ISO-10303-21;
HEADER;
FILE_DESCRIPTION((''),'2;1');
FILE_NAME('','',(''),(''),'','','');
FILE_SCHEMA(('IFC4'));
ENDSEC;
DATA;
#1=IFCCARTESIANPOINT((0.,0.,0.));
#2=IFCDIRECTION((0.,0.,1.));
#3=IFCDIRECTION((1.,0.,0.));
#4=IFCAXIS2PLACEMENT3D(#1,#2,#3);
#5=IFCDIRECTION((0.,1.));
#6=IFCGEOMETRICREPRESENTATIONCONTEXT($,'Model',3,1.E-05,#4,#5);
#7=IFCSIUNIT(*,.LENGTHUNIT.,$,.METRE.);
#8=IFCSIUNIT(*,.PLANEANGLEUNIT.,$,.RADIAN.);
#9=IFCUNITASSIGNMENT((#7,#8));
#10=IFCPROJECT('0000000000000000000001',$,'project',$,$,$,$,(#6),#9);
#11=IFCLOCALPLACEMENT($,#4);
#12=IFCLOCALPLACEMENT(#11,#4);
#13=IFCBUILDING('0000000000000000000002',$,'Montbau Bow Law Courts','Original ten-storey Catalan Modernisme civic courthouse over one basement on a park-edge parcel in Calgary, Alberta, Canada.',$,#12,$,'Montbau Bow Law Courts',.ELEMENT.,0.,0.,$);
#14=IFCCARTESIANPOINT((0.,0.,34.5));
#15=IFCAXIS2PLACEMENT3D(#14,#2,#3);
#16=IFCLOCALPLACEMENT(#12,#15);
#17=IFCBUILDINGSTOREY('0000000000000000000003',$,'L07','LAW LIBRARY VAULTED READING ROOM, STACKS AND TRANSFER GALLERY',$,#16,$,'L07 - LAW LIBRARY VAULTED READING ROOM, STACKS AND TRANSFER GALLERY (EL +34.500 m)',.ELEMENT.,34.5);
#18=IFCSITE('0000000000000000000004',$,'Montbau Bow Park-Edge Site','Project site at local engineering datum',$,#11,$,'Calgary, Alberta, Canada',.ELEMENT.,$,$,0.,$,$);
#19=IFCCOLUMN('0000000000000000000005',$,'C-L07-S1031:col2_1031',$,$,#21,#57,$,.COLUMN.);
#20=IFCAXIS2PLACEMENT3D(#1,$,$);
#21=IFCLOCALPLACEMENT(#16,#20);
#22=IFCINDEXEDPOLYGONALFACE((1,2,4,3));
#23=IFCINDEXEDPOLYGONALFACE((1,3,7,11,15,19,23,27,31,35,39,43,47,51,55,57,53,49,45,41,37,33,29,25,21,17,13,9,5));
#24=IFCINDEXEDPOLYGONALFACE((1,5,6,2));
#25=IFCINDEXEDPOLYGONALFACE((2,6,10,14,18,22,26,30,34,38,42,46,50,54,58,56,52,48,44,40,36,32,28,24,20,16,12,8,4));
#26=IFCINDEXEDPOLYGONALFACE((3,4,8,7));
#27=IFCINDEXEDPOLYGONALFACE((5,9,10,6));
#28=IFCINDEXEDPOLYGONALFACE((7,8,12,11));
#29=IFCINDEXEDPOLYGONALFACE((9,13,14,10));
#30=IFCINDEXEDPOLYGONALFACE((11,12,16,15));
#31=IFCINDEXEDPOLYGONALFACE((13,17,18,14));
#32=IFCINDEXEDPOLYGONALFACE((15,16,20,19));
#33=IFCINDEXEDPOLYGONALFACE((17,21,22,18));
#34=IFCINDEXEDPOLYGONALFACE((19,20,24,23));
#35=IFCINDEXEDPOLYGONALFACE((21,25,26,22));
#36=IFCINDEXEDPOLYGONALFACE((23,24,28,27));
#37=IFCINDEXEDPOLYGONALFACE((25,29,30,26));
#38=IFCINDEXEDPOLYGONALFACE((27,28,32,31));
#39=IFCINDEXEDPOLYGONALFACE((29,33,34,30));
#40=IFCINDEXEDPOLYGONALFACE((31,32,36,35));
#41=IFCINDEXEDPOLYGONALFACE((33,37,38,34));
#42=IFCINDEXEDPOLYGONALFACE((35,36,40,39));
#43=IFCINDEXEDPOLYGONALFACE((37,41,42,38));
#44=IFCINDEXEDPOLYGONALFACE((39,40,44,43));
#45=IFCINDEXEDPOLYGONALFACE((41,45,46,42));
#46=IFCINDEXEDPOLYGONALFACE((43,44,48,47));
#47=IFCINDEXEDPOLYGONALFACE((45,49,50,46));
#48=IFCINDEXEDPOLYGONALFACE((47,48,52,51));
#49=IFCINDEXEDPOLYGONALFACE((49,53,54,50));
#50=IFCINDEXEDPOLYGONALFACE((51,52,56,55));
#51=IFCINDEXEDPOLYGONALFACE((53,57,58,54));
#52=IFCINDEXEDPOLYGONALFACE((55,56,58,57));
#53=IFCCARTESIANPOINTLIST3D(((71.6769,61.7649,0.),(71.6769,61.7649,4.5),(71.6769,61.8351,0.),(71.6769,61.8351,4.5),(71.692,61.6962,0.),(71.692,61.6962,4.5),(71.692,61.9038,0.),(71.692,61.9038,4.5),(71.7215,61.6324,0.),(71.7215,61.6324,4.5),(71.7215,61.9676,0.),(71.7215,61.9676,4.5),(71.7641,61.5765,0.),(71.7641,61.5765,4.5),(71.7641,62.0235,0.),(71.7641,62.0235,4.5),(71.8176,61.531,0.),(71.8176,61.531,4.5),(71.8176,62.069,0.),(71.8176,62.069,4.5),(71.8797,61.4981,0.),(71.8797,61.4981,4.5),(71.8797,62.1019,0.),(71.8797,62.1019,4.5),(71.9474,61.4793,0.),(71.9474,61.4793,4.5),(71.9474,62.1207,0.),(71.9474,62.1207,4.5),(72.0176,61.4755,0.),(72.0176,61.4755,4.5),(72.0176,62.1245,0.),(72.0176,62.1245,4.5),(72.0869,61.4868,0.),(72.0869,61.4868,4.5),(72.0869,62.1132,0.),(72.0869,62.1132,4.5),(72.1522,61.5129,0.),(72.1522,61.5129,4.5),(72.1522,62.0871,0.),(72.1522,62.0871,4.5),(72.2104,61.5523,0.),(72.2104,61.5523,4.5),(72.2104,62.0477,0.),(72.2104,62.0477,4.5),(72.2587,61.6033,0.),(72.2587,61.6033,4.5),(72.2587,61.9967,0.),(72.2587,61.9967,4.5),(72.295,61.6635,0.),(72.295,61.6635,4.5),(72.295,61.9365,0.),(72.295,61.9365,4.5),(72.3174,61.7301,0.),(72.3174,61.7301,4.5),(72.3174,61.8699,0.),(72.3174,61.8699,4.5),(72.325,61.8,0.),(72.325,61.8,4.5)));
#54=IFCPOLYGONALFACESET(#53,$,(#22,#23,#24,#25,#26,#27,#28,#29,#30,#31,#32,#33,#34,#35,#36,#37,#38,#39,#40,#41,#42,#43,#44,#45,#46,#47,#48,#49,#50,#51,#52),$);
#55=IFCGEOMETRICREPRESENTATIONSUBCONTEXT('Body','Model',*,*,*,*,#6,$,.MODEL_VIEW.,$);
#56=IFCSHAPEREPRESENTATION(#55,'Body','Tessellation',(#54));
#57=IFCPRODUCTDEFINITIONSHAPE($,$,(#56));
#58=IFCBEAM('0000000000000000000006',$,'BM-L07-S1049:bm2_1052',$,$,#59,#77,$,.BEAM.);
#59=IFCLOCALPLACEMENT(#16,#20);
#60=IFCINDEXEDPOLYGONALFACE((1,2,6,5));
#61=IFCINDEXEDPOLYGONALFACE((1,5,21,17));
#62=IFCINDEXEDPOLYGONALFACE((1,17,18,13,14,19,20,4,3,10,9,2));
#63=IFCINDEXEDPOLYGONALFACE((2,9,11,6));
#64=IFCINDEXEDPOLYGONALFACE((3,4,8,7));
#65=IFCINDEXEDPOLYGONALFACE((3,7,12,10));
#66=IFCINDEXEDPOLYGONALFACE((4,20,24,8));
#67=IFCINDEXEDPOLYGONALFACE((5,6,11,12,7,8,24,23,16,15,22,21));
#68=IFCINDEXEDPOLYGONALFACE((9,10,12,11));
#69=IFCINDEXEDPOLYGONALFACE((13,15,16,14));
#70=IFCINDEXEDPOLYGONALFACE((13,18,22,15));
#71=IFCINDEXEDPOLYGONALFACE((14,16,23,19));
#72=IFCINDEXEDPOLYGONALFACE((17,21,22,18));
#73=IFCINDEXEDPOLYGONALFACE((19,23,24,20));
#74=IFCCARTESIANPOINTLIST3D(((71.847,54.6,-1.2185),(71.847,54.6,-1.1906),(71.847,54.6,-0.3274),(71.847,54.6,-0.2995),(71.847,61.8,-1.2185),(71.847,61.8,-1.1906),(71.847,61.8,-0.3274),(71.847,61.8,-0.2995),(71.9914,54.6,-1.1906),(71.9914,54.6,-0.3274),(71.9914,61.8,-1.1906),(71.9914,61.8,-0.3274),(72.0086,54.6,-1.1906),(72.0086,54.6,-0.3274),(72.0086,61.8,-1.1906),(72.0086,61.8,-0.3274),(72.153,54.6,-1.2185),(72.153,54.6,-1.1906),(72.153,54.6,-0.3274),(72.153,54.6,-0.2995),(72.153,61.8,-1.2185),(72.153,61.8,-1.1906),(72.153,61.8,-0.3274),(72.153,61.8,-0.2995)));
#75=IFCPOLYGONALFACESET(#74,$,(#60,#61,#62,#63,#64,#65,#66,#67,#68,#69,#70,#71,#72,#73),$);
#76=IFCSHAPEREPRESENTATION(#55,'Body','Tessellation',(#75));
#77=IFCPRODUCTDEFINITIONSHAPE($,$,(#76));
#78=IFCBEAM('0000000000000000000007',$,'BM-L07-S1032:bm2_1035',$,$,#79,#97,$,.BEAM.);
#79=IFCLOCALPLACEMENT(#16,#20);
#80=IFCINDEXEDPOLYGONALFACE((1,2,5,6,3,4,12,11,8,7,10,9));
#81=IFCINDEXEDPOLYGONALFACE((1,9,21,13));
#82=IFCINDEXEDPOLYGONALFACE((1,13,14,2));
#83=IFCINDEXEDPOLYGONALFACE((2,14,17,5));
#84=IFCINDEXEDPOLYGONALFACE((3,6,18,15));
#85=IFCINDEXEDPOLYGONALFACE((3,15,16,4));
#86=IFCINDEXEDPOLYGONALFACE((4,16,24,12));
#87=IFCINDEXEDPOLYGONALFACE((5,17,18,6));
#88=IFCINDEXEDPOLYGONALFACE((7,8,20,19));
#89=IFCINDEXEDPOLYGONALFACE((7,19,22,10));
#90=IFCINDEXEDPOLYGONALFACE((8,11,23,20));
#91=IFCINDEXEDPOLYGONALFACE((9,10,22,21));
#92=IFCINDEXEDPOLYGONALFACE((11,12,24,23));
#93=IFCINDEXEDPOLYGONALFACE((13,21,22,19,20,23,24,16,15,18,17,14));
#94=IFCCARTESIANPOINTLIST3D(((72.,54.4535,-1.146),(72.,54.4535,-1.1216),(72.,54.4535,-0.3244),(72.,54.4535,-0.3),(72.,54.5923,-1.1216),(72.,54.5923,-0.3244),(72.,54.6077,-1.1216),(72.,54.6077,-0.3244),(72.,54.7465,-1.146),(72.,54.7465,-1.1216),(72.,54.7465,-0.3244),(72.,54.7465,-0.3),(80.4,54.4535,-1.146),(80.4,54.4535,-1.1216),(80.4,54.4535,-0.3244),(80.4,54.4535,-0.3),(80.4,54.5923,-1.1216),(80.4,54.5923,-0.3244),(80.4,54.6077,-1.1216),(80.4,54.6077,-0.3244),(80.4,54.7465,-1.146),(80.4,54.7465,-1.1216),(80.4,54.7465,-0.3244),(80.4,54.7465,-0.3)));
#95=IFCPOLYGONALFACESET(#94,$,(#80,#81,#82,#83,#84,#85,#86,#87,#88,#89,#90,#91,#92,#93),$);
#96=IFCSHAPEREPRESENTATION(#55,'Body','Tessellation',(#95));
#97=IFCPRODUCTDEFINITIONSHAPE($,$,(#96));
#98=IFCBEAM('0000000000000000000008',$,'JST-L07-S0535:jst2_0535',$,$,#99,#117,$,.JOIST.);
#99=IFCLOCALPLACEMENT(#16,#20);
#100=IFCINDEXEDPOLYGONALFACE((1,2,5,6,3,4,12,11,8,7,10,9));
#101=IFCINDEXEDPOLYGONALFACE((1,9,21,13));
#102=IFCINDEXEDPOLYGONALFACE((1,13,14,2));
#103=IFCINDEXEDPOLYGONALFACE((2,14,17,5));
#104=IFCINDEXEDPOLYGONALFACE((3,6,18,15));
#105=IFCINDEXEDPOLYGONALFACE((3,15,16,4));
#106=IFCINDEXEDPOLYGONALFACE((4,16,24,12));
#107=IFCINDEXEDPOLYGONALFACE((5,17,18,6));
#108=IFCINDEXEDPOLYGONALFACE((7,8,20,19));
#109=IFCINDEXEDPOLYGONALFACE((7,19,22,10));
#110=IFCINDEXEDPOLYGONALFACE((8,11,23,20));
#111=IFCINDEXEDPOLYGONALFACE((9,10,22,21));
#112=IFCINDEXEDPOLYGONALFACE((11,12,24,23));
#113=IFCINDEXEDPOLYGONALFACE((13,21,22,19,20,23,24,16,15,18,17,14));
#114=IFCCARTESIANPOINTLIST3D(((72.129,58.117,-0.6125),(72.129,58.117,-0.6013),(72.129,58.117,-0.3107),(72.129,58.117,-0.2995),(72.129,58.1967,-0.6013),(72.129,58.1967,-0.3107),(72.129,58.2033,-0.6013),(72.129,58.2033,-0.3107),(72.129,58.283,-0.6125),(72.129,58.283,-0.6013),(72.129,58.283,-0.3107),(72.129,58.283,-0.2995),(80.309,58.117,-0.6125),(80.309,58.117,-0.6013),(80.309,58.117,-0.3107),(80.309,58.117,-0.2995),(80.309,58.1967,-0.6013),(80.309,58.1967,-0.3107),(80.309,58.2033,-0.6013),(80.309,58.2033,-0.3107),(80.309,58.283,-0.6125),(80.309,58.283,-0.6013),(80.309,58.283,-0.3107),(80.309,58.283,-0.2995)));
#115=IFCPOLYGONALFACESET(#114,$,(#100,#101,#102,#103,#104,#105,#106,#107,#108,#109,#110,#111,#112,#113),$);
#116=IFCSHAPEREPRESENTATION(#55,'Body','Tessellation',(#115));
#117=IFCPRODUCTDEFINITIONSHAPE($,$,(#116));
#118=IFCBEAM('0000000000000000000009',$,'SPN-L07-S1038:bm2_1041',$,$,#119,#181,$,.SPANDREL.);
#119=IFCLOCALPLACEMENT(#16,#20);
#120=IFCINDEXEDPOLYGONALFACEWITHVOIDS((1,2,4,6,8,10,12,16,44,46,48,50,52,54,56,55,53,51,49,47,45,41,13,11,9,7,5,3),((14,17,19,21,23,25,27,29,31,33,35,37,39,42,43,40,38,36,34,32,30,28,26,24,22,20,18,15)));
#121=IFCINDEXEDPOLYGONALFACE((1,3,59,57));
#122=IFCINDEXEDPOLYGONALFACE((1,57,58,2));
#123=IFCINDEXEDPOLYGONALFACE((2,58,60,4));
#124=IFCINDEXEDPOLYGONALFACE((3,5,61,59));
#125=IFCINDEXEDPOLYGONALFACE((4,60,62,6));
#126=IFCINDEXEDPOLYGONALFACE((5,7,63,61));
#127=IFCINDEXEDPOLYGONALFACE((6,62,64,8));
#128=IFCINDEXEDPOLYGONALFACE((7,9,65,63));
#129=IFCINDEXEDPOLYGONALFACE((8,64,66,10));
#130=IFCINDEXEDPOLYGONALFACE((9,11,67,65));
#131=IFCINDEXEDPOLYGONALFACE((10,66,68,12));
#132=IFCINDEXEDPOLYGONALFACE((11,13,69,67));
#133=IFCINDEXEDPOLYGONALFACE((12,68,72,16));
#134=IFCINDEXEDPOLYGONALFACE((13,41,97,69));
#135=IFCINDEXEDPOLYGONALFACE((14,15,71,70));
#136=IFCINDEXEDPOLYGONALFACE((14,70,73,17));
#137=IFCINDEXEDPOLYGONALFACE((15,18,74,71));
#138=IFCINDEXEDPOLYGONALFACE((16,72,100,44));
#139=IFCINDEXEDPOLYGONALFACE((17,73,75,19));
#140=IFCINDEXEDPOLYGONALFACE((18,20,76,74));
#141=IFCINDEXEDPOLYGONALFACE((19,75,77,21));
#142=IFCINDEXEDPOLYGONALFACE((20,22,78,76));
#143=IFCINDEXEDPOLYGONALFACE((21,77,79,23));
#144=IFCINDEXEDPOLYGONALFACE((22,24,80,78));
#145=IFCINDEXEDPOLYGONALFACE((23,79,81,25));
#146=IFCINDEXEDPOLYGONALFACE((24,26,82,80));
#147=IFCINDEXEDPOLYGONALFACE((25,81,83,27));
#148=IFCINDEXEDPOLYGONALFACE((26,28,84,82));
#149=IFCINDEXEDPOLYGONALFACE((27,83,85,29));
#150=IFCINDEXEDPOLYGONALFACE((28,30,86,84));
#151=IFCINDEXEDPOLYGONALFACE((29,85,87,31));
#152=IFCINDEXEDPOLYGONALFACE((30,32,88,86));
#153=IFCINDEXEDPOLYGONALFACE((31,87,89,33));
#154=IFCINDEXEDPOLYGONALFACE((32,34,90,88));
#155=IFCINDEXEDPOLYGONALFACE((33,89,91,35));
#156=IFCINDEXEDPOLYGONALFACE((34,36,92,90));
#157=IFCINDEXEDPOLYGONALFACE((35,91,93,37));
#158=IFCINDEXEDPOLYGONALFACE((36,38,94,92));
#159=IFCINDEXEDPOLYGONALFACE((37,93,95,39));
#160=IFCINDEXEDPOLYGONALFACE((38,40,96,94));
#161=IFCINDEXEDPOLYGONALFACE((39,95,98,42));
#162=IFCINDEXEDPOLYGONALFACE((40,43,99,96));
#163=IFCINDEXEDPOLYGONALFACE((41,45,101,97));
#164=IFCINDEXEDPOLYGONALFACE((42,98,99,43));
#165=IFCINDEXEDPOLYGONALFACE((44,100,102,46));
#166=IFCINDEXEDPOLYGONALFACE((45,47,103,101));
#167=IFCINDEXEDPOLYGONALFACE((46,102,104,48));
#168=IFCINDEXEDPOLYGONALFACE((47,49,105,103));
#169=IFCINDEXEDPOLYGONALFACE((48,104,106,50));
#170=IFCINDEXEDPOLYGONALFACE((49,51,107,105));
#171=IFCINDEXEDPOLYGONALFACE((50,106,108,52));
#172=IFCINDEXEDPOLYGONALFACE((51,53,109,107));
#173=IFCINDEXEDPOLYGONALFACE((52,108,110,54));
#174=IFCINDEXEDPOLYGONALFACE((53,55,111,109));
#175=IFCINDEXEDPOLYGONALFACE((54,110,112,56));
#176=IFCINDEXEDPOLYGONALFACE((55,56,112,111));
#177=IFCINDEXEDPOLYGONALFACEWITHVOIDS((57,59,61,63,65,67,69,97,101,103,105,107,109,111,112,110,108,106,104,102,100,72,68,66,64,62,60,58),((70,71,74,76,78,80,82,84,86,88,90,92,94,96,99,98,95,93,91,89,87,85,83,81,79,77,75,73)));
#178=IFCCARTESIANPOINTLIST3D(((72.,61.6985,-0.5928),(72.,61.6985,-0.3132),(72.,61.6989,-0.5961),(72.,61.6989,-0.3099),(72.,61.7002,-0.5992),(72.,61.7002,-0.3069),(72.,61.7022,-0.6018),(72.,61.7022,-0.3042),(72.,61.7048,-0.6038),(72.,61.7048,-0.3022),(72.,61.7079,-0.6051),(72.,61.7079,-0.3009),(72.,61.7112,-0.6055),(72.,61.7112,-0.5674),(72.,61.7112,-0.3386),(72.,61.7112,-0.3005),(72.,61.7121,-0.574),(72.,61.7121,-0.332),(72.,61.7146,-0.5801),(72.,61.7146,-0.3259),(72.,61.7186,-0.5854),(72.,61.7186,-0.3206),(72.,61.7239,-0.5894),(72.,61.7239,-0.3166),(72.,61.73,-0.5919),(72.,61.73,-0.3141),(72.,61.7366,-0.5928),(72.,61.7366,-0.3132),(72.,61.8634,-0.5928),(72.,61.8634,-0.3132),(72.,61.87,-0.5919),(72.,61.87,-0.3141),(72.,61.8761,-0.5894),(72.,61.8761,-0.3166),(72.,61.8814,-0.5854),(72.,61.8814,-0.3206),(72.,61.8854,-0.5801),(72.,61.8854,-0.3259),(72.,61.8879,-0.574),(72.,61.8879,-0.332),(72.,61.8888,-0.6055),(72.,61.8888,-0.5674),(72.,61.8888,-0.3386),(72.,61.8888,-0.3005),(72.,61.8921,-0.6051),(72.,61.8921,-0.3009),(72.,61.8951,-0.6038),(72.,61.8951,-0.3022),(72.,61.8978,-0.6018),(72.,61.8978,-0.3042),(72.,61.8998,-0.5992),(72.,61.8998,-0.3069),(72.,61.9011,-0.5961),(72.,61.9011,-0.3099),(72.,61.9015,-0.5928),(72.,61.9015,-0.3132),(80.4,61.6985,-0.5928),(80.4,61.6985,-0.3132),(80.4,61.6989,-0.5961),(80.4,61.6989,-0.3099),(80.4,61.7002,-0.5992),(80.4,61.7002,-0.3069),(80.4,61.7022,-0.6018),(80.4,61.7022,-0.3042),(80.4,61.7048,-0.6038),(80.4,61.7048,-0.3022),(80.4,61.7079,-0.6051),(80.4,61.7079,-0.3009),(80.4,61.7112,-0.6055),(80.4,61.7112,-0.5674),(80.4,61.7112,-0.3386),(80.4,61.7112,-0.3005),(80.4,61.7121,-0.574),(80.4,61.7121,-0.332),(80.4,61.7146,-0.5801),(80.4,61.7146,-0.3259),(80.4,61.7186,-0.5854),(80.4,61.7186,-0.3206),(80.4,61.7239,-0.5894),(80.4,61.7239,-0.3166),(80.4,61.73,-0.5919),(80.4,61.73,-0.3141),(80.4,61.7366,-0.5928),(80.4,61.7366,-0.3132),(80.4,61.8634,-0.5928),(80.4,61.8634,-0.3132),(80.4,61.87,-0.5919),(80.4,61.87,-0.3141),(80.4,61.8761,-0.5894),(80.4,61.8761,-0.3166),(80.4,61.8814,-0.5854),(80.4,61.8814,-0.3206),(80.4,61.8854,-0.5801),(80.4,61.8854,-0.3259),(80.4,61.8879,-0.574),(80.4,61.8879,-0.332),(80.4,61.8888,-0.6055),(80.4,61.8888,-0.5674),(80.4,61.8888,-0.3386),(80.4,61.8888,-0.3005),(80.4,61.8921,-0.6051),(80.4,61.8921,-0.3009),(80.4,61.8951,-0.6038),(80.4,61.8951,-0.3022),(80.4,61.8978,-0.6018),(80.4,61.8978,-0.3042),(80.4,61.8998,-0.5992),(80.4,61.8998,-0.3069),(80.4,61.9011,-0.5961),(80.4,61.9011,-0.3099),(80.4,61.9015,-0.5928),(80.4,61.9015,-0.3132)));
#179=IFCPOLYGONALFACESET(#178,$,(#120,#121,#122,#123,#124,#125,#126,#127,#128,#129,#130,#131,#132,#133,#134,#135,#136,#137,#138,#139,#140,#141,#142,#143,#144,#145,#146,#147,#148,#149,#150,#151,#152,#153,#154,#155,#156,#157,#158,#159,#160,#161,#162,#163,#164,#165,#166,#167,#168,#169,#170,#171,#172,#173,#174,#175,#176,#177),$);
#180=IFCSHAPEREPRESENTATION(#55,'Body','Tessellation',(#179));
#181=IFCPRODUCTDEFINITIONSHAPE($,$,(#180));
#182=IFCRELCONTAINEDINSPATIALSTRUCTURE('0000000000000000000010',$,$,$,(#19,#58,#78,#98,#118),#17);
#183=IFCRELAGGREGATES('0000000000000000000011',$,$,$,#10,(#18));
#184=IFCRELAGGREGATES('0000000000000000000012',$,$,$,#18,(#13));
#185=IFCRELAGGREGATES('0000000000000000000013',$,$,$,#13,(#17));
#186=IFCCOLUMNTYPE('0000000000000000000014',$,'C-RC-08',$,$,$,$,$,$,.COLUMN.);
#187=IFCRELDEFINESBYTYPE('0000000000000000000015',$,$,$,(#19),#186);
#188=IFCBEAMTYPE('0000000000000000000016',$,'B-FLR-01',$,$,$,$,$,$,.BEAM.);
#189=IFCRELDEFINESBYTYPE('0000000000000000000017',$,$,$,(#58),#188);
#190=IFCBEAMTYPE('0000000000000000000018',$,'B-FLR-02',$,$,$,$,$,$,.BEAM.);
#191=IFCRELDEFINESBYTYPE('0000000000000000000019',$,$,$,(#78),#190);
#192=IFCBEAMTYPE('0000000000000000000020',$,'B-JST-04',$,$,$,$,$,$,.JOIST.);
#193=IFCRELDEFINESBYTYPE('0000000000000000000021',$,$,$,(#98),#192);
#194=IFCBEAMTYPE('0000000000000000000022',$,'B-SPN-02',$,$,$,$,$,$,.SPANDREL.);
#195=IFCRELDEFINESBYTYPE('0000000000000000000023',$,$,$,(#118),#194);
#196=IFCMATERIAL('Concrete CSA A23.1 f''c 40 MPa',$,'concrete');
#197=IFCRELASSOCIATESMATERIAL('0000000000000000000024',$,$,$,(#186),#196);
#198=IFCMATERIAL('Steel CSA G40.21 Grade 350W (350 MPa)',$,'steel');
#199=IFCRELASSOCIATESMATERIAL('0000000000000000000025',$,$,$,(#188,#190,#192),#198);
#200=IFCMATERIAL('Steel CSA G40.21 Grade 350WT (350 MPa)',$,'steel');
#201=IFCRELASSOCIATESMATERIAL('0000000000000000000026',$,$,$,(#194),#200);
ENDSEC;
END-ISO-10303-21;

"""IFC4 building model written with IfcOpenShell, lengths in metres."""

from ifc_helpers import new_model, si_unit, direction, frame, origin_with_axes, origin_2d_with_axis, place, context, subcontext, project, spatial, hollow_rectangle, circle, i_section, extrude, material, material_profile, profile_set, type_object, element, save


model = new_model("IFC4")

# Units and contexts
model_context = context("Model", 3, precision=1e-05, world=origin_with_axes(), true_north=direction((0.0, 1.0)))
body_context = subcontext(model_context, "Body", "Model", "MODEL_VIEW")
ifc_project = project(units=[si_unit("LENGTHUNIT", "METRE"), si_unit("PLANEANGLEUNIT", "RADIAN")], contexts=[model_context])

# Site, building, storey
site_placement = place(None, origin_with_axes())
site = spatial("IfcSite", under=ifc_project, at=site_placement, Name="Montbau Bow Park-Edge Site", Description="Project site at local engineering datum", LongName="Calgary, Alberta, Canada", CompositionType="ELEMENT", RefElevation=0.0)
building_placement = place(site_placement, origin_with_axes())
building = spatial("IfcBuilding", under=site, at=building_placement, Name="Montbau Bow Law Courts", Description="Original ten-storey Catalan Modernisme civic courthouse over one basement on a park-edge parcel in Calgary, Alberta, Canada.", LongName="Montbau Bow Law Courts", CompositionType="ELEMENT", ElevationOfRefHeight=0.0, ElevationOfTerrain=0.0)
storey_placement = place(building_placement, frame((0.0, 0.0, 34.5), z_axis=(0.0, 0.0, 1.0), x_axis=(1.0, 0.0, 0.0)))
storey = spatial("IfcBuildingStorey", under=building, at=storey_placement, Name="L07", Description="LAW LIBRARY VAULTED READING ROOM, STACKS AND TRANSFER GALLERY", LongName="L07 - LAW LIBRARY VAULTED READING ROOM, STACKS AND TRANSFER GALLERY (EL +34.500 m)", CompositionType="ELEMENT", Elevation=34.5)

# Column
ifc_material_1 = material(Name="Concrete CSA A23.1 f'c 40 MPa", Category="concrete")
ifc_material_profile_1 = material_profile(ifc_material_1, circle(Radius=0.325, at=origin_2d_with_axis()), Name="RC650D", Category="Main", Priority=0)
ifc_profile_set_1 = profile_set([ifc_material_profile_1], Name="Concrete CSA A23.1 f'c 40 MPa")
column_type = type_object("IfcColumnType", Name="C-RC-08", PredefinedType="COLUMN", material=ifc_profile_set_1)
column_placement = place(None, frame((72.0, 61.8, 34.5), z_axis=(0.0, 0.0, 1.0), x_axis=(1.0, 0.0, 0.0)))
element("IfcColumn", 1, at=column_placement, inside=storey, type_object=column_type, Name="C-L07-S1031:col2_1031", PredefinedType="COLUMN", context=body_context, shape_type="SweptSolid", body=[
    extrude(circle(Radius=0.325, at=origin_2d_with_axis()), origin_with_axes(), (0.0, 0.0, 1.0), 4.5),
])

# Beams
ifc_material_2 = material(Name="Steel CSA G40.21 Grade 350W (350 MPa)", Category="steel")
ifc_material_profile_2 = material_profile(ifc_material_2, i_section(OverallWidth=0.306, OverallDepth=0.919, WebThickness=0.0173, FlangeThickness=0.0279, at=origin_2d_with_axis()), Name="W920X253", Category="Main", Priority=0)
ifc_profile_set_2 = profile_set([ifc_material_profile_2], Name="Steel CSA G40.21 Grade 350W (350 MPa)")
beam_type_1 = type_object("IfcBeamType", Name="B-FLR-01", PredefinedType="BEAM", material=ifc_profile_set_2)
beam_1_placement = place(None, frame((72.0, 54.6, 33.741), z_axis=(0.0, 1.0, 0.0), x_axis=(-1.0, 0.0, 0.0)))
element("IfcBeam", 2, at=beam_1_placement, inside=storey, type_object=beam_type_1, Name="BM-L07-S1049:bm2_1052", PredefinedType="BEAM", context=body_context, shape_type="SweptSolid", body=[
    extrude(i_section(OverallWidth=0.306, OverallDepth=0.919, WebThickness=0.0173, FlangeThickness=0.0279, at=origin_2d_with_axis()), origin_with_axes(), (0.0, 0.0, 1.0), 7.2),
])
ifc_material_profile_3 = material_profile(ifc_material_2, i_section(OverallWidth=0.293, OverallDepth=0.846, WebThickness=0.0154, FlangeThickness=0.0244, at=origin_2d_with_axis()), Name="W840X210", Category="Main", Priority=0)
ifc_profile_set_3 = profile_set([ifc_material_profile_3], Name="Steel CSA G40.21 Grade 350W (350 MPa)")
beam_type_2 = type_object("IfcBeamType", Name="B-FLR-02", PredefinedType="BEAM", material=ifc_profile_set_3)
beam_2_placement = place(None, frame((72.0, 54.6, 33.777), z_axis=(1.0, 0.0, 0.0), x_axis=(0.0, 1.0, 0.0)))
element("IfcBeam", 3, at=beam_2_placement, inside=storey, type_object=beam_type_2, Name="BM-L07-S1032:bm2_1035", PredefinedType="BEAM", context=body_context, shape_type="SweptSolid", body=[
    extrude(i_section(OverallWidth=0.293, OverallDepth=0.846, WebThickness=0.0154, FlangeThickness=0.0244, at=origin_2d_with_axis()), origin_with_axes(), (0.0, 0.0, 1.0), 8.4),
])
ifc_material_profile_4 = material_profile(ifc_material_2, i_section(OverallWidth=0.166, OverallDepth=0.313, WebThickness=0.0066, FlangeThickness=0.0112, at=origin_2d_with_axis()), Name="W310X45", Category="Main", Priority=0)
ifc_profile_set_4 = profile_set([ifc_material_profile_4], Name="Steel CSA G40.21 Grade 350W (350 MPa)")
beam_type_3 = type_object("IfcBeamType", Name="B-JST-04", PredefinedType="JOIST", material=ifc_profile_set_4)
beam_3_placement = place(None, frame((72.129, 58.2, 34.044), z_axis=(1.0, 0.0, 0.0), x_axis=(0.0, 1.0, 0.0)))
element("IfcBeam", 4, at=beam_3_placement, inside=storey, type_object=beam_type_3, Name="JST-L07-S0535:jst2_0535", PredefinedType="JOIST", context=body_context, shape_type="SweptSolid", body=[
    extrude(i_section(OverallWidth=0.166, OverallDepth=0.313, WebThickness=0.0066, FlangeThickness=0.0112, at=origin_2d_with_axis()), origin_with_axes(), (0.0, 0.0, 1.0), 8.18),
])
ifc_material_3 = material(Name="Steel CSA G40.21 Grade 350WT (350 MPa)", Category="steel")
ifc_material_profile_5 = material_profile(ifc_material_3, hollow_rectangle(XDim=0.203, YDim=0.305, WallThickness=0.0127, InnerFilletRadius=0.0254, OuterFilletRadius=0.0127, at=origin_2d_with_axis()), Name="HSS305X203X13", Category="Main", Priority=0)
ifc_profile_set_5 = profile_set([ifc_material_profile_5], Name="Steel CSA G40.21 Grade 350WT (350 MPa)")
beam_type_4 = type_object("IfcBeamType", Name="B-SPN-02", PredefinedType="SPANDREL", material=ifc_profile_set_5)
beam_4_placement = place(None, frame((72.0, 61.8, 34.047), z_axis=(1.0, 0.0, 0.0), x_axis=(0.0, 1.0, 0.0)))
element("IfcBeam", 5, at=beam_4_placement, inside=storey, type_object=beam_type_4, Name="SPN-L07-S1038:bm2_1041", PredefinedType="SPANDREL", context=body_context, shape_type="SweptSolid", body=[
    extrude(hollow_rectangle(XDim=0.203, YDim=0.305, WallThickness=0.0127, InnerFilletRadius=0.0254, OuterFilletRadius=0.0127, at=origin_2d_with_axis()), origin_with_axes(), (0.0, 0.0, 1.0), 8.4),
])

save(model, "model.ifc")
